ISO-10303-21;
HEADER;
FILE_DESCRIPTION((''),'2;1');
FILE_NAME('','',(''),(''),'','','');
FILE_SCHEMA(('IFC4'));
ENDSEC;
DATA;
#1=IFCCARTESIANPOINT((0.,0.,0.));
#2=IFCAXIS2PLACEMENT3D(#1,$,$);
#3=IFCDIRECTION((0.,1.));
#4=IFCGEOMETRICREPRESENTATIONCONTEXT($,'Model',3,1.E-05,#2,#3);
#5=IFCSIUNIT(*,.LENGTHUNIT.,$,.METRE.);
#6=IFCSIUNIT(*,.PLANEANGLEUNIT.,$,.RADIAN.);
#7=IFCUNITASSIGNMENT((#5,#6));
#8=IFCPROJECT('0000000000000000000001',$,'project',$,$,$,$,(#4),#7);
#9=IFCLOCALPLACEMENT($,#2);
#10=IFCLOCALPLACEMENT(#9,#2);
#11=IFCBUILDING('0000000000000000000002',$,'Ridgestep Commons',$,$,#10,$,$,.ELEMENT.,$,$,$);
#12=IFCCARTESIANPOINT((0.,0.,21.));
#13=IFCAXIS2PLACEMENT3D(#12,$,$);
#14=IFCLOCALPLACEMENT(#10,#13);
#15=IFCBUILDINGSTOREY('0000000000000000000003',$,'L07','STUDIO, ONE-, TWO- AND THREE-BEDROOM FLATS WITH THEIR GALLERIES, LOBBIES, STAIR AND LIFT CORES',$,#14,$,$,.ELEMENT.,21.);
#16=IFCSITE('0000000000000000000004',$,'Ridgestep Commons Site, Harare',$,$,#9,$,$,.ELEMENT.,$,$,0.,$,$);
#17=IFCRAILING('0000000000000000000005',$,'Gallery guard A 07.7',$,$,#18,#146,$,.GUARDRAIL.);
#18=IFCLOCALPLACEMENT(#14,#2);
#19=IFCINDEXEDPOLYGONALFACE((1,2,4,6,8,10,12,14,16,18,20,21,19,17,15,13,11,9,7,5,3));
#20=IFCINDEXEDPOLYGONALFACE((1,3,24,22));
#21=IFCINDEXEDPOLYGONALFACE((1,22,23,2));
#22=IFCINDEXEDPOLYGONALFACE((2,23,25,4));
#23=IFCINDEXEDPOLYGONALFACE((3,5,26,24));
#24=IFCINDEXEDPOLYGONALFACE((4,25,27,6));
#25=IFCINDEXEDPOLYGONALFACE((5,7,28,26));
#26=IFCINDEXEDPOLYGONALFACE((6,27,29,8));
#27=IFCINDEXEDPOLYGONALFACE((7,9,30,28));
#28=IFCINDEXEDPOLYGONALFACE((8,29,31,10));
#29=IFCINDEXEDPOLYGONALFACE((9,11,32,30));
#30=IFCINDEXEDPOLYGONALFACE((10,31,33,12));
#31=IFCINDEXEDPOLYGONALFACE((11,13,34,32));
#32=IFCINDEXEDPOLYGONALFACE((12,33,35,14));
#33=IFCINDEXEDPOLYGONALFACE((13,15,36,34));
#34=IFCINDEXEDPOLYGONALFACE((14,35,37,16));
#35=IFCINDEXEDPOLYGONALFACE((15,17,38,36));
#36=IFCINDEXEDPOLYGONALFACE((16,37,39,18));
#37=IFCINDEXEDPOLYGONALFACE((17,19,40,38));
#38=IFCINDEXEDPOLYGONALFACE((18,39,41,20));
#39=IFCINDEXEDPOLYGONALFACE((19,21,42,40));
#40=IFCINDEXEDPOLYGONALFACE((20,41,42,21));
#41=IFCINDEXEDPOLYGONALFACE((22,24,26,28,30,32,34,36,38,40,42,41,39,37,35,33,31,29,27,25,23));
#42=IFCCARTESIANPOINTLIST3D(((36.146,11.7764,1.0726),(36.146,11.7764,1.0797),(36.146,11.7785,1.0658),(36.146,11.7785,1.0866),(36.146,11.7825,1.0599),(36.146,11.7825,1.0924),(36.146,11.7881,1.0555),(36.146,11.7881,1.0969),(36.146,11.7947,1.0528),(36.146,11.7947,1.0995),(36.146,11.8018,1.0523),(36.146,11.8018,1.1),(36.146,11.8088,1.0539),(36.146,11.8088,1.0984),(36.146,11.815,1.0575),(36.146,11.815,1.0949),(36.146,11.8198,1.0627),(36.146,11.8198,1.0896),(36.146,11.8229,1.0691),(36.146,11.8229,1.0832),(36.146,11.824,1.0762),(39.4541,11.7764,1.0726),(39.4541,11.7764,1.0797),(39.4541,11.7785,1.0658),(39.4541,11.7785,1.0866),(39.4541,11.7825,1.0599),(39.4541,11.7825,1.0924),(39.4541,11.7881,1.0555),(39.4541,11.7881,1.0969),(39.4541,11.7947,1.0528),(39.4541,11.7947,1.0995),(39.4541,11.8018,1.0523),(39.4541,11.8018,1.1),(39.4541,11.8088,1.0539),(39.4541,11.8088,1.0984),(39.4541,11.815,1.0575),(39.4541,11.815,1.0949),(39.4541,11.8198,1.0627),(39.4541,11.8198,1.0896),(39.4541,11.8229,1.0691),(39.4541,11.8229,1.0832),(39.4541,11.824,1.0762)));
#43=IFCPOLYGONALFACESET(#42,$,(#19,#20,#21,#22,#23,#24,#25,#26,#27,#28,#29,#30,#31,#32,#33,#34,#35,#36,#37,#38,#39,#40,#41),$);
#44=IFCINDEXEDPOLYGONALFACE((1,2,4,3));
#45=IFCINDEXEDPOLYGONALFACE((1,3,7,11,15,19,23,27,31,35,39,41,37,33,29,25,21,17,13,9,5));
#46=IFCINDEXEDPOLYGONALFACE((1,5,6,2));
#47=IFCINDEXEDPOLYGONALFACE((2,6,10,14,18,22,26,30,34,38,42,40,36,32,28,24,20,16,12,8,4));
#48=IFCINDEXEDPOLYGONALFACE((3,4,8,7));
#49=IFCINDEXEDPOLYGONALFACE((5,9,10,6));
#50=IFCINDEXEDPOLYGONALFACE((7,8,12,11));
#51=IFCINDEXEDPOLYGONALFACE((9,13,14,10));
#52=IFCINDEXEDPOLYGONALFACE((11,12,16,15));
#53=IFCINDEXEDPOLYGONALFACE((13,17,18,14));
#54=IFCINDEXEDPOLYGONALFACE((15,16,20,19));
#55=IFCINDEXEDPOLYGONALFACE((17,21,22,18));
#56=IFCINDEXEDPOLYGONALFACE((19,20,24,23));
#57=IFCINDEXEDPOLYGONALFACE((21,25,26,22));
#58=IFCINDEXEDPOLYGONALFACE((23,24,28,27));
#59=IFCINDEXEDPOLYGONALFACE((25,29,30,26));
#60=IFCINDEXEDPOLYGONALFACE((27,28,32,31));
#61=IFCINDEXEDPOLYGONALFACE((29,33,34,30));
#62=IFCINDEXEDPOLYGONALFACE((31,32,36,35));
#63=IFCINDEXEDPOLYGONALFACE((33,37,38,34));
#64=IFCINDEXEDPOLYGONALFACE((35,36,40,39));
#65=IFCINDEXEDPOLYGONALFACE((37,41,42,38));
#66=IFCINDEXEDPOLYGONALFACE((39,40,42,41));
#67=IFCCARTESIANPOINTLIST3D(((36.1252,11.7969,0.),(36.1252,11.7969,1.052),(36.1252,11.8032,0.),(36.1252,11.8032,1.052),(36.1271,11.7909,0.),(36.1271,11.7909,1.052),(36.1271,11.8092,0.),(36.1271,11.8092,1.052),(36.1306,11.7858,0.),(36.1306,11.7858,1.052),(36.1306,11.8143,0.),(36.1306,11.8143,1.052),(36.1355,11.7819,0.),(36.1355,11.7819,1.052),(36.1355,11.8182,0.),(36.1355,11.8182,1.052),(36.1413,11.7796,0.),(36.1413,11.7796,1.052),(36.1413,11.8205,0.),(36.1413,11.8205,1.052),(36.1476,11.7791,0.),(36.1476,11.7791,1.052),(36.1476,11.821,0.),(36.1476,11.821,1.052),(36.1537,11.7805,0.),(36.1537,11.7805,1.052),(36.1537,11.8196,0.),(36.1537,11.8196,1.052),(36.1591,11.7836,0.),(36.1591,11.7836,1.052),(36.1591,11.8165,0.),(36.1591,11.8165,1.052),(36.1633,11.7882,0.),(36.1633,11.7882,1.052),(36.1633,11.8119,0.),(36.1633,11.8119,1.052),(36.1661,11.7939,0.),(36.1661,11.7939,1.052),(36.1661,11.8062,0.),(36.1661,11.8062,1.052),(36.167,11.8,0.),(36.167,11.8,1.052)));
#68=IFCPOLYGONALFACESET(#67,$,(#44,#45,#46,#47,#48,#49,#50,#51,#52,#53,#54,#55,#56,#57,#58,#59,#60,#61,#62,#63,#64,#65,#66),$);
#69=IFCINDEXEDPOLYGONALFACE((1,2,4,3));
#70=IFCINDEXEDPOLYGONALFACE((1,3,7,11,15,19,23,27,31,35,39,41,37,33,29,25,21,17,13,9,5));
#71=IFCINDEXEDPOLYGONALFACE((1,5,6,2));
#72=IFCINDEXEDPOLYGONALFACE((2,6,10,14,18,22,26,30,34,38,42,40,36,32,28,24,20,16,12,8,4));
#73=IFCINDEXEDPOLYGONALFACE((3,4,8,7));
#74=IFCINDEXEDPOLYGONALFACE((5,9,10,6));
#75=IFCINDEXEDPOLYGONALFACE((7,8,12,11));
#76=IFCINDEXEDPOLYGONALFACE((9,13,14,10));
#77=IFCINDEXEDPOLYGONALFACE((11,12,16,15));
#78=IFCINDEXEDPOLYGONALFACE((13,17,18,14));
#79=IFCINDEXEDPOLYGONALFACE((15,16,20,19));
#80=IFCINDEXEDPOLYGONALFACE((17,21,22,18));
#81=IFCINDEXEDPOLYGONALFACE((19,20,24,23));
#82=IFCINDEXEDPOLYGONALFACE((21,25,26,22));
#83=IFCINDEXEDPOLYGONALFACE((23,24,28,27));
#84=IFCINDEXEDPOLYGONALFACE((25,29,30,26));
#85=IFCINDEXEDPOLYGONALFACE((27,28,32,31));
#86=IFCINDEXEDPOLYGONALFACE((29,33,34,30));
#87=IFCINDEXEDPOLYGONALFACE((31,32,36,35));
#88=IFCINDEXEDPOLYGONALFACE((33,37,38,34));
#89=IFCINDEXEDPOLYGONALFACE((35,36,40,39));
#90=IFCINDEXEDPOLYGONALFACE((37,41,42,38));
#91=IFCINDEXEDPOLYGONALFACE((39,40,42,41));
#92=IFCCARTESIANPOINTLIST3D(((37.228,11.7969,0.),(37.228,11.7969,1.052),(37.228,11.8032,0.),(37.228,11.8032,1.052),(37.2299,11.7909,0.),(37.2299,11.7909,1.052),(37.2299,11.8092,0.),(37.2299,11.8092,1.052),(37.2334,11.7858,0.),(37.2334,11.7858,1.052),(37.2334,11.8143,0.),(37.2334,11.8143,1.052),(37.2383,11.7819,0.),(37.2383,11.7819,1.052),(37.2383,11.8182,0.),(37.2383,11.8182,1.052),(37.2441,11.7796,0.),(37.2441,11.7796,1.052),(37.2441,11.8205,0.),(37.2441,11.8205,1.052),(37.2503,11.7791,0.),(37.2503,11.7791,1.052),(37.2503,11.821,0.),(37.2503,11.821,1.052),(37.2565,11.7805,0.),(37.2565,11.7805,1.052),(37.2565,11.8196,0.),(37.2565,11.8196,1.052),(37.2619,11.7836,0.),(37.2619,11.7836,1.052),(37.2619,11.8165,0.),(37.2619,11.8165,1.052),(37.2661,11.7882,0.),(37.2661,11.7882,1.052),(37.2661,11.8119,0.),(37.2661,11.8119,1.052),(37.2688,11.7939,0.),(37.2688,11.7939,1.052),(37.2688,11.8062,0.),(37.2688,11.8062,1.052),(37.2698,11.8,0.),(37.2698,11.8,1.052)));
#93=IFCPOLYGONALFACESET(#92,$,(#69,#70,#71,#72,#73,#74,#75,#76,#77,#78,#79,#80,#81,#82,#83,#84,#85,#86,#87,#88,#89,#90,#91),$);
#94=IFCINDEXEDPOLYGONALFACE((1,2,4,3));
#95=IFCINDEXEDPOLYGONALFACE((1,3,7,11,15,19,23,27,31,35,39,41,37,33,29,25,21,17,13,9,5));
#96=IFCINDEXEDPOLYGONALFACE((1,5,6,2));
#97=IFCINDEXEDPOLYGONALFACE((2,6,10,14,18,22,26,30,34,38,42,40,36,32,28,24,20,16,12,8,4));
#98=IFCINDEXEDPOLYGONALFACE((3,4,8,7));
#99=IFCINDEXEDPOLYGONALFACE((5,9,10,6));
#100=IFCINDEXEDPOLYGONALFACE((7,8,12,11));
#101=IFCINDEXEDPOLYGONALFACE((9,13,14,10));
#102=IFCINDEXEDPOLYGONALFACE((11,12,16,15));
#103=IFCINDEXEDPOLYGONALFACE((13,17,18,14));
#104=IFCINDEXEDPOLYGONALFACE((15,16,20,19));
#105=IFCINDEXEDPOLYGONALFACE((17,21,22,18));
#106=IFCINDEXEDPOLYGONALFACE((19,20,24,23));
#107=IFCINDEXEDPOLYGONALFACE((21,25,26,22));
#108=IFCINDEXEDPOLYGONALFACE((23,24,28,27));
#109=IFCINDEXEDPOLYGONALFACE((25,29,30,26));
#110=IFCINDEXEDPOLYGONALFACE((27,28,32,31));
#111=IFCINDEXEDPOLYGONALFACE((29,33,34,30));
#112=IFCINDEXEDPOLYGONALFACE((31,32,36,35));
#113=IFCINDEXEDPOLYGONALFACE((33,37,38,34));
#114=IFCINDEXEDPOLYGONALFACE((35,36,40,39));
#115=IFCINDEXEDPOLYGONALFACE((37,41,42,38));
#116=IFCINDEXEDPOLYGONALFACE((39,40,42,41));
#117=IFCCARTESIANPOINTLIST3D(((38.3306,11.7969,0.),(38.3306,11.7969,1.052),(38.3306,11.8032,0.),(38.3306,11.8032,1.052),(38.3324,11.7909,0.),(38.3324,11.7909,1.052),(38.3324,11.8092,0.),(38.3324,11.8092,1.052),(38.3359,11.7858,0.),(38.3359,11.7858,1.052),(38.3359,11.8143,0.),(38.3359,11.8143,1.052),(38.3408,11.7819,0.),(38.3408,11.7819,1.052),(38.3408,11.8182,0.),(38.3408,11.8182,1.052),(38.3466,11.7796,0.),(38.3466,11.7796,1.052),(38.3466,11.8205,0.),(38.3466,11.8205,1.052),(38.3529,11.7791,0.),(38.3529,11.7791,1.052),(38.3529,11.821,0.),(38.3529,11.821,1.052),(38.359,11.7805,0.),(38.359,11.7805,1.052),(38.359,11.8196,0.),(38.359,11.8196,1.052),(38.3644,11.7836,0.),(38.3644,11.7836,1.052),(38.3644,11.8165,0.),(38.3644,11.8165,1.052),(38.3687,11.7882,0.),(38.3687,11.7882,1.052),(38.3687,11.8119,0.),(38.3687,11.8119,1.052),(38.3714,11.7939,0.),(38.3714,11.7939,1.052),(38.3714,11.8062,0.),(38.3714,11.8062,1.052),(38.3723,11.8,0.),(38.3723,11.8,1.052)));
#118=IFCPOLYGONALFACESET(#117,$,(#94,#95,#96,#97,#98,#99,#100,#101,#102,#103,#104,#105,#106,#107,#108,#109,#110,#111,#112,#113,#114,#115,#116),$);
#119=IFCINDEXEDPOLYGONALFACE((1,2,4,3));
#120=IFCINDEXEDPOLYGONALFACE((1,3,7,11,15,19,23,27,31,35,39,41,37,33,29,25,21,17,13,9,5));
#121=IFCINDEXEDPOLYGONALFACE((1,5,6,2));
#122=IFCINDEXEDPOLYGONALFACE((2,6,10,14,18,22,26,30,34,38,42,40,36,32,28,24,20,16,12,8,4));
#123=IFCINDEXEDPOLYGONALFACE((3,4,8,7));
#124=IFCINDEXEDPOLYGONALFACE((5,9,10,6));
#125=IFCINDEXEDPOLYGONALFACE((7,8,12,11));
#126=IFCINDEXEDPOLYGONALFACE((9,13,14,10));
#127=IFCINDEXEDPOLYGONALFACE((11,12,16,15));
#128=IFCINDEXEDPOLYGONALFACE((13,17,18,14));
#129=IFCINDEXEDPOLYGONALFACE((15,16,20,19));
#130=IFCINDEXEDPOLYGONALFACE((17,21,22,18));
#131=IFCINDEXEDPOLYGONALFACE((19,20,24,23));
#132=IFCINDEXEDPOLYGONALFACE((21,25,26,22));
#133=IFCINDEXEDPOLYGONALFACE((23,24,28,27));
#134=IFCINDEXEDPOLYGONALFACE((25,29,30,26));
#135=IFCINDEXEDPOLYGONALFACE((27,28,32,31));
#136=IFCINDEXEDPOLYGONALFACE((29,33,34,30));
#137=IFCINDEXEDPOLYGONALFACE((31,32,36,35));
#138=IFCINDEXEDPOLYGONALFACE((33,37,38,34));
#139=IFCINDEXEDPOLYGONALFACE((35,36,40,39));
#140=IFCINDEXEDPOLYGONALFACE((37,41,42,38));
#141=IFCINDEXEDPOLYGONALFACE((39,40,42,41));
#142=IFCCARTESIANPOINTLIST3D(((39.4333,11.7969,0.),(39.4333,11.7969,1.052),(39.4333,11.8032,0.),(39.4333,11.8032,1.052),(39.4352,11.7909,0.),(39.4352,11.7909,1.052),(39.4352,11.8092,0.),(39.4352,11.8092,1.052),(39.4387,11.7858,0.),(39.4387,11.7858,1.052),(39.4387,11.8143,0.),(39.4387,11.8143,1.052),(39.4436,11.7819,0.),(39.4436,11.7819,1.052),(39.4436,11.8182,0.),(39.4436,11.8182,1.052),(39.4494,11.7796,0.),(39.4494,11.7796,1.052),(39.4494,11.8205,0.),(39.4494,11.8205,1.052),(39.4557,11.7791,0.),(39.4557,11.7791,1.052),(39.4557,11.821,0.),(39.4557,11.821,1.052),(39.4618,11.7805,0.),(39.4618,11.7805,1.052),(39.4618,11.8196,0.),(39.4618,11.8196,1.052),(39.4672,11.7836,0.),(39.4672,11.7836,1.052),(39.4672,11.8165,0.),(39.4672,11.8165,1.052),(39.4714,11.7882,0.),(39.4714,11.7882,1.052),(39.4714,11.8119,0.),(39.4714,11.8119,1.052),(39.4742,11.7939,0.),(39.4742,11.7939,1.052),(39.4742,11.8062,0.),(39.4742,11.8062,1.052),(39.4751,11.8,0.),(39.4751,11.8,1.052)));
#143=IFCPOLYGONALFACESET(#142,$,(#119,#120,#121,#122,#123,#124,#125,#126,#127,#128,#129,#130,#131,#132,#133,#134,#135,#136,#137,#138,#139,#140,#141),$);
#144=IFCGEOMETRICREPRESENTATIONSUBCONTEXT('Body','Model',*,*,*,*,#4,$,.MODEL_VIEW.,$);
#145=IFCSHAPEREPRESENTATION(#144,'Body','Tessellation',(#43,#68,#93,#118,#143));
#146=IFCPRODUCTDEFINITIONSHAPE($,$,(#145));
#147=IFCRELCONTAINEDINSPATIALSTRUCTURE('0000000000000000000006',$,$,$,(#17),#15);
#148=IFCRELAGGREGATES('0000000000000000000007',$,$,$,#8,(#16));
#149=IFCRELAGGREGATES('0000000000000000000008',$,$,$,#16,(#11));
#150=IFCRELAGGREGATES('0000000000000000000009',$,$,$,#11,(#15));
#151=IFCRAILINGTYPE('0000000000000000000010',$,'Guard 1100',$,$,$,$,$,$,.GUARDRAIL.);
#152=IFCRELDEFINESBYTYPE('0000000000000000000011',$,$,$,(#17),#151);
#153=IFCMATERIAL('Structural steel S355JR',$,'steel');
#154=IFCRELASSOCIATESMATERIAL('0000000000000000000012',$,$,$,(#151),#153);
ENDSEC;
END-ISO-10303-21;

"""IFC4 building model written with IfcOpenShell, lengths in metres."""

from ifc_helpers import new_model, si_unit, direction, frame, origin, origin_2d, place, context, subcontext, project, spatial, circle, extrude, material, type_object, element, save


model = new_model("IFC4")

# Units and contexts
model_context = context("Model", 3, precision=1e-05, world=origin(), true_north=direction((0.0, 1.0)))
body_context = subcontext(model_context, "Body", "Model", "MODEL_VIEW")
ifc_project = project(units=[si_unit("LENGTHUNIT", "METRE"), si_unit("PLANEANGLEUNIT", "RADIAN")], contexts=[model_context])

# Site, building, storey
site_placement = place(None, origin())
site = spatial("IfcSite", under=ifc_project, at=site_placement, Name="Ridgestep Commons Site, Harare", CompositionType="ELEMENT", RefElevation=0.0)
building_placement = place(site_placement, origin())
building = spatial("IfcBuilding", under=site, at=building_placement, Name="Ridgestep Commons", CompositionType="ELEMENT")
storey_placement = place(building_placement, frame((0.0, 0.0, 21.0)))
storey = spatial("IfcBuildingStorey", under=building, at=storey_placement, Name="L07", Description="STUDIO, ONE-, TWO- AND THREE-BEDROOM FLATS WITH THEIR GALLERIES, LOBBIES, STAIR AND LIFT CORES", CompositionType="ELEMENT", Elevation=21.0)

# Railing
ifc_material_1 = material(Name="Structural steel S355JR", Category="steel")
railing_type = type_object("IfcRailingType", Name="Guard 1100", PredefinedType="GUARDRAIL", material=ifc_material_1)
for number, where, name in (
    (1, (36.146, 11.8, 0.0), "Gallery guard A 07.7"),
):
    element("IfcRailing", number, at=place(storey_placement, frame(where)), inside=storey, type_object=railing_type, Name=name, PredefinedType="GUARDRAIL", context=body_context, shape_type="SweptSolid", body=[
        extrude(circle(Radius=0.0239, at=origin_2d()), frame((0.0, 0.0, 1.0762), z_axis=(1.0, 0.0, 0.0), x_axis=(0.0, 1.0, 0.0)), (0.0, 0.0, 1.0), 3.3081),
        extrude(circle(Radius=0.021, at=origin_2d()), origin(), (0.0, 0.0, 1.0), 1.052),
        extrude(circle(Radius=0.021, at=origin_2d()), frame((1.1028, 0.0, 0.0)), (0.0, 0.0, 1.0), 1.052),
        extrude(circle(Radius=0.021, at=origin_2d()), frame((2.2053, 0.0, 0.0)), (0.0, 0.0, 1.0), 1.052),
        extrude(circle(Radius=0.021, at=origin_2d()), frame((3.3081, 0.0, 0.0)), (0.0, 0.0, 1.0), 1.052),
    ])

save(model, "model.ifc")
